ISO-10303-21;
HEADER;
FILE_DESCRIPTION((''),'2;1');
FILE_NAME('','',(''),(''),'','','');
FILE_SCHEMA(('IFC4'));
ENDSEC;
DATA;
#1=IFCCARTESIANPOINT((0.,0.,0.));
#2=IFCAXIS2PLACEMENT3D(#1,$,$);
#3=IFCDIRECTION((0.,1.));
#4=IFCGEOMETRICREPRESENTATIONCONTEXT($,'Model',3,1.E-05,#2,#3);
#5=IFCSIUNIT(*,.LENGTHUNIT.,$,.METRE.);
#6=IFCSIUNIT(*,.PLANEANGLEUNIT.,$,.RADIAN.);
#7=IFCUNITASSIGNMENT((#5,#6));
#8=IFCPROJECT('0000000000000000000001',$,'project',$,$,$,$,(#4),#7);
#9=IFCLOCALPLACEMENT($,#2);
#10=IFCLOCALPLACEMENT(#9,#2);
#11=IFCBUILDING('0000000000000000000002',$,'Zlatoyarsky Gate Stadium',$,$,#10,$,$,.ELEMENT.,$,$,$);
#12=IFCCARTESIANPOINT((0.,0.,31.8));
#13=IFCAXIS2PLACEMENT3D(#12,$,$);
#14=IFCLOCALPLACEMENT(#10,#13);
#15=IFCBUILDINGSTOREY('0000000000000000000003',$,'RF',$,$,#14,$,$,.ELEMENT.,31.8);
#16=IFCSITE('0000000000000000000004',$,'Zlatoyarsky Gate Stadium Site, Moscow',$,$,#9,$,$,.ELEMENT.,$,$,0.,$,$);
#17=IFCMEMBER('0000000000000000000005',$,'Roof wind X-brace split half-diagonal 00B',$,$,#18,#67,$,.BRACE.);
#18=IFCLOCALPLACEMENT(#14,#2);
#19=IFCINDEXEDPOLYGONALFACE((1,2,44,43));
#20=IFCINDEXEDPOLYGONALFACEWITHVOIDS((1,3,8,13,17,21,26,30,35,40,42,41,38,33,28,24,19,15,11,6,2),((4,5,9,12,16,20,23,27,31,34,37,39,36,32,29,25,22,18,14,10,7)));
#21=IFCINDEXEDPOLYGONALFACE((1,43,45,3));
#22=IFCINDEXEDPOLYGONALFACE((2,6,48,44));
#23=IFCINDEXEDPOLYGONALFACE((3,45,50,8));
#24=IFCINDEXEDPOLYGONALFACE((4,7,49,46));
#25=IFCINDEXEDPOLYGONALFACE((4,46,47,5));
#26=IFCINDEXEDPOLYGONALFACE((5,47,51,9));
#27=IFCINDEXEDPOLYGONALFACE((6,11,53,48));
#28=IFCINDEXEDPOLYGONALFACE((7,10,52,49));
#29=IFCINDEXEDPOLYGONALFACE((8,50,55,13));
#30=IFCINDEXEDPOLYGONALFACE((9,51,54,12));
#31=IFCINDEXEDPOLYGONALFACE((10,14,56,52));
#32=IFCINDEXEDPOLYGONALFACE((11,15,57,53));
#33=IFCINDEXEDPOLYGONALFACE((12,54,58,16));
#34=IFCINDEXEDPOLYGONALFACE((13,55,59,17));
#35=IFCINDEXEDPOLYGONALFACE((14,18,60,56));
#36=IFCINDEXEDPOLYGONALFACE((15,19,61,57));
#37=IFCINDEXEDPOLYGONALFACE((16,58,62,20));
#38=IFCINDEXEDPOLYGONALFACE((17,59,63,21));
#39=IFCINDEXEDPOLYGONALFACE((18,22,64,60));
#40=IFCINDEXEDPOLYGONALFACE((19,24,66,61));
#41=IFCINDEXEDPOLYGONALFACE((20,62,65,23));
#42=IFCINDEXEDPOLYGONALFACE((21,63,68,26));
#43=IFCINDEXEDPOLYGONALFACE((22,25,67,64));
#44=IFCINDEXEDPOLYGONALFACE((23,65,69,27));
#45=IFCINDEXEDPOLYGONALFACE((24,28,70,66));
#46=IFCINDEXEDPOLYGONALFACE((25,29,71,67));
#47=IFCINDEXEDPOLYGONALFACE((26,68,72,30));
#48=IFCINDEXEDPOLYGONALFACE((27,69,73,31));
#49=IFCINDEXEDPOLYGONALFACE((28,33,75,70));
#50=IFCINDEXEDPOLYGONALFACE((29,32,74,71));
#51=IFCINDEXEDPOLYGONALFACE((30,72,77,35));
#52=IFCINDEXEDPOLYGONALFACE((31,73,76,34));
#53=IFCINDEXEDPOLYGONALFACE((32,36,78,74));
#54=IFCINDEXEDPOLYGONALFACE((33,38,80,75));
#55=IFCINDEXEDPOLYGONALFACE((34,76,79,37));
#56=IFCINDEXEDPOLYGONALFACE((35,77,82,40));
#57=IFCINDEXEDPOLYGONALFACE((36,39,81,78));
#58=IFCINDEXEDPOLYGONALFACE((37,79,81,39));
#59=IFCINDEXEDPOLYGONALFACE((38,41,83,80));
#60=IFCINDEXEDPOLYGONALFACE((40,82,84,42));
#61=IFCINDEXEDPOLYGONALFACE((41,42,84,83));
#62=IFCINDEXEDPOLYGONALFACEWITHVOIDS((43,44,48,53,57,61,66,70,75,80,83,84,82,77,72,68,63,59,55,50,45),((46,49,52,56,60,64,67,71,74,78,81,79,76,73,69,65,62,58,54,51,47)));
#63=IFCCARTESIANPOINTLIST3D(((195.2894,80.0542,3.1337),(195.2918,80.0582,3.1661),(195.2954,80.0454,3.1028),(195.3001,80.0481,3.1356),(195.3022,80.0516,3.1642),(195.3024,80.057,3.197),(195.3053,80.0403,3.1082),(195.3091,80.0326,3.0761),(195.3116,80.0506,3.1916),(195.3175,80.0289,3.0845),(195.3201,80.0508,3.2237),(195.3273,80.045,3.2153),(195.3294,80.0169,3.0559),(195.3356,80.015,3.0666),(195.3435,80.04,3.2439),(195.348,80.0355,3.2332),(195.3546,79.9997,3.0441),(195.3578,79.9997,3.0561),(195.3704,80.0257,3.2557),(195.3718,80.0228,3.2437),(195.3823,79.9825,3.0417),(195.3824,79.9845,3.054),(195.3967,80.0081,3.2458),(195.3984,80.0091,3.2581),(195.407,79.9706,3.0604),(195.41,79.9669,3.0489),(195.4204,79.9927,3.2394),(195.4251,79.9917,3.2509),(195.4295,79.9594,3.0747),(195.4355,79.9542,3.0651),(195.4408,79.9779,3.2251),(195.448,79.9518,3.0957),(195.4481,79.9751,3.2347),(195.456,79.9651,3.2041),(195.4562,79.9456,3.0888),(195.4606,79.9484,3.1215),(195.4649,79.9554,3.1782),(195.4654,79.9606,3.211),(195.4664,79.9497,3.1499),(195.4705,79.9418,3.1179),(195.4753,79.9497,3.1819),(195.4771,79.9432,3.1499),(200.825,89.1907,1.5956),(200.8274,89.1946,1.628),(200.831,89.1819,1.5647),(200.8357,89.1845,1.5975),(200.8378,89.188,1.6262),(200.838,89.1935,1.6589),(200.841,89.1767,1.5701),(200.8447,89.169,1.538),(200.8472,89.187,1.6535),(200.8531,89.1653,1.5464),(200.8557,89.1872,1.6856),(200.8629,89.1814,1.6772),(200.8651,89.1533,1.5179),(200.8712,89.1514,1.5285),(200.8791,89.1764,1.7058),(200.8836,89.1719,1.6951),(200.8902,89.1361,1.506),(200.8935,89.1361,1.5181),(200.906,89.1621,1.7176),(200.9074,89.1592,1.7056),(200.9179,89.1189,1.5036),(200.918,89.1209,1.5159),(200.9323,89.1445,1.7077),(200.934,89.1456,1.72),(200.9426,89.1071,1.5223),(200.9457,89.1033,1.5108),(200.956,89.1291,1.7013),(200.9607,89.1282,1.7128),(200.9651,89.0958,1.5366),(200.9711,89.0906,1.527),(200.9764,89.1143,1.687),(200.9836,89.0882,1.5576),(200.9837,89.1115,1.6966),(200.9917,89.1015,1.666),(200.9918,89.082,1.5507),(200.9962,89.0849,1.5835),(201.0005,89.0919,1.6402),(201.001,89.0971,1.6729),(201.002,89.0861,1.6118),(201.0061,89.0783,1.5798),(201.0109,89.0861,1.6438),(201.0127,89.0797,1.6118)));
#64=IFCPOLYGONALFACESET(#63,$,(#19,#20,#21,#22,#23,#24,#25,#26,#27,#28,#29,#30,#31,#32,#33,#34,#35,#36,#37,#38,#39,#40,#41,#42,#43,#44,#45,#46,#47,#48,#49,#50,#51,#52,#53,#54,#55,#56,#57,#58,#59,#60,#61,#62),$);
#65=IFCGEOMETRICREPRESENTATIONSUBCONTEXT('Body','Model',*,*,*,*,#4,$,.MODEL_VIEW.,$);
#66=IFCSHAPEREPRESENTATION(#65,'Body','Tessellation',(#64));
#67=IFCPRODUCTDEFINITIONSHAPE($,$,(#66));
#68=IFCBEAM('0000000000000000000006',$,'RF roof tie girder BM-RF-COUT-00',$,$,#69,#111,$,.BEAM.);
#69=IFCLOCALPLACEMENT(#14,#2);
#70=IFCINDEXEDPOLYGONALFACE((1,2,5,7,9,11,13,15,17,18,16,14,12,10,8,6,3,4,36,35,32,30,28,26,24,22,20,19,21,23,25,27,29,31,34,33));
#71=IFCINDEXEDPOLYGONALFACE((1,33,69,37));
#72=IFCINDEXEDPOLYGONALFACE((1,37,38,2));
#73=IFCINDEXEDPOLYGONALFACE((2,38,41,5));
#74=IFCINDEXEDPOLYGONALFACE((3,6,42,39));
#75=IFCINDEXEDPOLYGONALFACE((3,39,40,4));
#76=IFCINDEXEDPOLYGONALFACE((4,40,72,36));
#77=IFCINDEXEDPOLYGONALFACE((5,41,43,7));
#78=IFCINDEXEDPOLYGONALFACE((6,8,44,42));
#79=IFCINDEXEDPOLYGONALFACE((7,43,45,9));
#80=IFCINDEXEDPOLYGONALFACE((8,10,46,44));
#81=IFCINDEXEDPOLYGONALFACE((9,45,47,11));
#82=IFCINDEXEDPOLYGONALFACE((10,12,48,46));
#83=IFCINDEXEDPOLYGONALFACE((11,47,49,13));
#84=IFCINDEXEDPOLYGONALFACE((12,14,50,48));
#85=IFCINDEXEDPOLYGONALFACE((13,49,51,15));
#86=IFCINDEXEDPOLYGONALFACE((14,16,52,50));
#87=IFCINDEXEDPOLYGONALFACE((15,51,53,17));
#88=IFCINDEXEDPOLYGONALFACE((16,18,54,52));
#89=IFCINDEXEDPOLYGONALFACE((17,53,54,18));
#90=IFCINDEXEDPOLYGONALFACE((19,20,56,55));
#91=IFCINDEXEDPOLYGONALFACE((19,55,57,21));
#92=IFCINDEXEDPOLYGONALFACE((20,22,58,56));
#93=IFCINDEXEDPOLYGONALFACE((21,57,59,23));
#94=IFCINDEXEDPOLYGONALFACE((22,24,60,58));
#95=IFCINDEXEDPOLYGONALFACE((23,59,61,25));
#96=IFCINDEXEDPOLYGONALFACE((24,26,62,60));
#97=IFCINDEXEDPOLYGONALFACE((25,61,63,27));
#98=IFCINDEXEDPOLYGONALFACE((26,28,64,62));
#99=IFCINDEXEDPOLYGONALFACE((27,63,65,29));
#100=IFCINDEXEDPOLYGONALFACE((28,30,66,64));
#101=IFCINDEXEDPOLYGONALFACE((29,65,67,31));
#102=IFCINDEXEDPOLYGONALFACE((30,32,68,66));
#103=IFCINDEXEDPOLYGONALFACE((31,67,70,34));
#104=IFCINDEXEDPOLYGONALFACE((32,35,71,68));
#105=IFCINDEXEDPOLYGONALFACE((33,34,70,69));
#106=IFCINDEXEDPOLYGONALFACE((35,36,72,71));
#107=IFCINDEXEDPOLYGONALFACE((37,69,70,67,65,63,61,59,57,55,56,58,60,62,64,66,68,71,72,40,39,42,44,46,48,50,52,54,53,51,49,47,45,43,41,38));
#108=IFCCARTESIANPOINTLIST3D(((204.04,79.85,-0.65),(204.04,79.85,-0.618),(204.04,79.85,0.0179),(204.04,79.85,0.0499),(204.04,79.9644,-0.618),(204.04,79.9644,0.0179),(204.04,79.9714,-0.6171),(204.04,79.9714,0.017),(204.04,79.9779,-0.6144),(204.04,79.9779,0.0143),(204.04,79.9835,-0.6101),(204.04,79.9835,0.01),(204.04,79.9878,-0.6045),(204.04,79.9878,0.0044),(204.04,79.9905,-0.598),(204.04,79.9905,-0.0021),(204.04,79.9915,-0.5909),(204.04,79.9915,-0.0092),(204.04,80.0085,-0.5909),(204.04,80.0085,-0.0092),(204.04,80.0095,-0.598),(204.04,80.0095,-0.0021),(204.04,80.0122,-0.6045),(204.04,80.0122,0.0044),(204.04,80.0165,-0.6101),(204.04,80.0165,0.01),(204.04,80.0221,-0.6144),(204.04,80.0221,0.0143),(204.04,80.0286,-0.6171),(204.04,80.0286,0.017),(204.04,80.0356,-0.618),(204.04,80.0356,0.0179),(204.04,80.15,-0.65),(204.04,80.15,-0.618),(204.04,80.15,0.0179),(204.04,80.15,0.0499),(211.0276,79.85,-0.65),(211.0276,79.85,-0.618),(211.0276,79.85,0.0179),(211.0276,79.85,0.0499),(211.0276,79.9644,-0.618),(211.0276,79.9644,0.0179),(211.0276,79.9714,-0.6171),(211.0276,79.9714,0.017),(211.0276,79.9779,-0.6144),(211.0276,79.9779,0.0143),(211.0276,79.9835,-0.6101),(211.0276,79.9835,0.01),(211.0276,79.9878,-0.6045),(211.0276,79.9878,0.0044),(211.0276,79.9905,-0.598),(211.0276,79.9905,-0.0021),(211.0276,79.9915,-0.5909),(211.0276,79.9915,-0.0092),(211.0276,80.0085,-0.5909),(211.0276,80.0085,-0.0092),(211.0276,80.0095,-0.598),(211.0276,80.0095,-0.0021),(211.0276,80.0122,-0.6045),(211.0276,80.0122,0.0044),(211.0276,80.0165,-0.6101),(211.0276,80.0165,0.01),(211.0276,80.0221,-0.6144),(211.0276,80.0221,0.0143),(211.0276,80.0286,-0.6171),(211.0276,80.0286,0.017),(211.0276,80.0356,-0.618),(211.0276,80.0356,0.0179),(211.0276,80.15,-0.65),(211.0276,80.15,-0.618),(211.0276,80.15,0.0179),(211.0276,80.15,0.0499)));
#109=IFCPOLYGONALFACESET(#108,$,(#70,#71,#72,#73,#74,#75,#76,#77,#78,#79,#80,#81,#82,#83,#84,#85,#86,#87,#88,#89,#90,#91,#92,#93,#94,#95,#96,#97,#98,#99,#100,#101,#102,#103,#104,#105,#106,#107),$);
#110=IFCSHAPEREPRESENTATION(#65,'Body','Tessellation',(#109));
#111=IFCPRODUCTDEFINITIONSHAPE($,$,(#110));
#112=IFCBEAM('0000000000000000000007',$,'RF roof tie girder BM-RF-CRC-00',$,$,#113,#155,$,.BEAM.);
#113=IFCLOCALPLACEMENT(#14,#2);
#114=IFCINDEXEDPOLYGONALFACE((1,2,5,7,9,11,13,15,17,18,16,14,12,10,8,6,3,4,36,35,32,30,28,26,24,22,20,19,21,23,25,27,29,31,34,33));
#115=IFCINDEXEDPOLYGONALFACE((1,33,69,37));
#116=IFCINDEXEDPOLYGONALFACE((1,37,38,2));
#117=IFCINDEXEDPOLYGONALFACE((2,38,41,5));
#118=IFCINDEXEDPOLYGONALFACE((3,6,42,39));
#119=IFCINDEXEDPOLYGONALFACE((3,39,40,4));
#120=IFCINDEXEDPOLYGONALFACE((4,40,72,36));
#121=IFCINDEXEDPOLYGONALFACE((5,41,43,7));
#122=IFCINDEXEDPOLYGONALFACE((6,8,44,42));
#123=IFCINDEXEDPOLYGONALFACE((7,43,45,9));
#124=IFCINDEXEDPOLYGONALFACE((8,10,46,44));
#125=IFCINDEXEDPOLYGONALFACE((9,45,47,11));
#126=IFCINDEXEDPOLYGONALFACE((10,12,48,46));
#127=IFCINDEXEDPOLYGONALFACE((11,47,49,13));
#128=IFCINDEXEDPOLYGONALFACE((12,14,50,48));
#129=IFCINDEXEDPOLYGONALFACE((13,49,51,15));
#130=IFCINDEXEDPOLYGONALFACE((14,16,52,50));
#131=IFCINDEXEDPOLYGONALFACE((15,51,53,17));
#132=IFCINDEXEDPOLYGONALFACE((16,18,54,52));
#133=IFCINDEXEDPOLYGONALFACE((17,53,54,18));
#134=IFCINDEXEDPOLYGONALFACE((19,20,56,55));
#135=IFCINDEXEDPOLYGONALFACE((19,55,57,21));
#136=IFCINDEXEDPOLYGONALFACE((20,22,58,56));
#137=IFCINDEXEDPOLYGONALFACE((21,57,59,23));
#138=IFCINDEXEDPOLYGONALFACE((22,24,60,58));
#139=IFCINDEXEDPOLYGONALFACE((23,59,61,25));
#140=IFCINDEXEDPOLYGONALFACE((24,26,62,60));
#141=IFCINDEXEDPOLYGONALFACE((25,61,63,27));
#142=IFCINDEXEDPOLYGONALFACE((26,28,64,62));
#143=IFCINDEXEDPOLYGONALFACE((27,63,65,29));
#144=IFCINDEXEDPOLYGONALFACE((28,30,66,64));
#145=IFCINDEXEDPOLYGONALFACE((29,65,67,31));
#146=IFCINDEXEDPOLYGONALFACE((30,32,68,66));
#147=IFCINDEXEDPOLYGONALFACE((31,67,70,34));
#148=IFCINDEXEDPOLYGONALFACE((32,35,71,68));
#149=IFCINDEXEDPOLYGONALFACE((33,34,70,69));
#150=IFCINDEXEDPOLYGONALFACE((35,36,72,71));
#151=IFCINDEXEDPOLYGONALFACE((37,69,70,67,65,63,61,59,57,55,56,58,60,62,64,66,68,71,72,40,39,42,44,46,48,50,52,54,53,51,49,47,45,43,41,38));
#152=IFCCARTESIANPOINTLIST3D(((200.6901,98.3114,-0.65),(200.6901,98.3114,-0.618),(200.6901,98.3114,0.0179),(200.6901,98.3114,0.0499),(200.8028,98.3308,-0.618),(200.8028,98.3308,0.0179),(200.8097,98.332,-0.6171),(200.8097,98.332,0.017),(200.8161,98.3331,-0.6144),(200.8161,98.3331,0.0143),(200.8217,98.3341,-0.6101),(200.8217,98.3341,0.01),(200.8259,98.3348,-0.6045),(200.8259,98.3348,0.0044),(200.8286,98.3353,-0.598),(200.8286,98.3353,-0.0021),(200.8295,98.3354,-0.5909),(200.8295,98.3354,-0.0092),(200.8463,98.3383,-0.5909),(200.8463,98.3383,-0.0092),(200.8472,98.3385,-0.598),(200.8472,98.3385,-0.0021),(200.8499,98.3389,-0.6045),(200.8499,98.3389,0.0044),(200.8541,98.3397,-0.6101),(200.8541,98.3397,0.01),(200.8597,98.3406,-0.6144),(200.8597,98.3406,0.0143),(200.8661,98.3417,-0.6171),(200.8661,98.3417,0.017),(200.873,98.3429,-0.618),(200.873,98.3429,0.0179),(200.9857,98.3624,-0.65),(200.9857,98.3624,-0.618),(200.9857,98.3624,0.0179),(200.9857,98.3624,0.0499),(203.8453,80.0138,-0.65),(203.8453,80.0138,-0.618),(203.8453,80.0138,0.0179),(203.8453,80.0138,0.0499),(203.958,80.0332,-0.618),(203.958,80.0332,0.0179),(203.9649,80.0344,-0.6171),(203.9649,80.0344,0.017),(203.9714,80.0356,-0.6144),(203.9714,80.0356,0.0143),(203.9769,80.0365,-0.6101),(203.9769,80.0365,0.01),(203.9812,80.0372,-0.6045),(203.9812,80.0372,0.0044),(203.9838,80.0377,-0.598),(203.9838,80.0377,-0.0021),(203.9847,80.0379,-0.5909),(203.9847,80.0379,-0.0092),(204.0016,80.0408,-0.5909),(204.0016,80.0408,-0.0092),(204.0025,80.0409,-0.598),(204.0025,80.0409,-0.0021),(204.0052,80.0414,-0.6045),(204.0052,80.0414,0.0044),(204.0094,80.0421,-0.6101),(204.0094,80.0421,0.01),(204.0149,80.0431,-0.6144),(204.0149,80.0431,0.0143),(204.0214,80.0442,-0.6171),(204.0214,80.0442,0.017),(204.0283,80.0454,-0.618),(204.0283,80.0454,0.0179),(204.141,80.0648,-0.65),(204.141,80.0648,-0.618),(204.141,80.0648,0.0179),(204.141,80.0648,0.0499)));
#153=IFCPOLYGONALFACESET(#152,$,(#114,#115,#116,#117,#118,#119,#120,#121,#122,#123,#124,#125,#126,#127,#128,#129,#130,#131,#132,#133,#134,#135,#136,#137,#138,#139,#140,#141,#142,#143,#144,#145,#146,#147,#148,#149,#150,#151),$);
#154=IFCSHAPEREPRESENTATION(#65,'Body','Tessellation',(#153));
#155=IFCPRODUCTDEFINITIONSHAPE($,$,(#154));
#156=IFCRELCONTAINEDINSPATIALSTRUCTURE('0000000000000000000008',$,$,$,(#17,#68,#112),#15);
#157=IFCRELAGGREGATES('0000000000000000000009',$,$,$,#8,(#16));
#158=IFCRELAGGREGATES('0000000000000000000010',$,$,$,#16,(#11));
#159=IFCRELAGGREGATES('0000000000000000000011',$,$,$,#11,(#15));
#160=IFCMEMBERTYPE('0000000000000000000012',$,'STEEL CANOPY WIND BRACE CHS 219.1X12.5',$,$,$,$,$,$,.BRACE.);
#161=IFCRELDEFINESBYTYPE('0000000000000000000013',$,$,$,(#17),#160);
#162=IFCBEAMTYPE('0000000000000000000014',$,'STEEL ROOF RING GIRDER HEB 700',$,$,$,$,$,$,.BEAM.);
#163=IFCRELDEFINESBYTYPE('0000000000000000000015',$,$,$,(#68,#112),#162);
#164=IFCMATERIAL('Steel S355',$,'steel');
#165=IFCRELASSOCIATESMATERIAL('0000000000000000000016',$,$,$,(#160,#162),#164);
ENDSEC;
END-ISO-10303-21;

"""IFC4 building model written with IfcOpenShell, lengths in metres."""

from ifc_helpers import new_model, si_unit, direction, frame, origin, origin_2d, place, context, subcontext, project, spatial, hollow_circle, i_section, extrude, material, material_profile, profile_set, type_object, element, save


model = new_model("IFC4")

# Units and contexts
model_context = context("Model", 3, precision=1e-05, world=origin(), true_north=direction((0.0, 1.0)))
body_context = subcontext(model_context, "Body", "Model", "MODEL_VIEW")
ifc_project = project(units=[si_unit("LENGTHUNIT", "METRE"), si_unit("PLANEANGLEUNIT", "RADIAN")], contexts=[model_context])

# Site, building, storey
site_placement = place(None, origin())
site = spatial("IfcSite", under=ifc_project, at=site_placement, Name="Zlatoyarsky Gate Stadium Site, Moscow", CompositionType="ELEMENT", RefElevation=0.0)
building_placement = place(site_placement, origin())
building = spatial("IfcBuilding", under=site, at=building_placement, Name="Zlatoyarsky Gate Stadium", CompositionType="ELEMENT")
storey_placement = place(building_placement, frame((0.0, 0.0, 31.8)))
storey = spatial("IfcBuildingStorey", under=building, at=storey_placement, Name="RF", CompositionType="ELEMENT", Elevation=31.8)

# Member
ifc_material_1 = material(Name="Steel S355", Category="steel")
ifc_material_profile_1 = material_profile(ifc_material_1, hollow_circle(Radius=0.1096, WallThickness=0.0125, at=origin_2d()), Name="CHS 219.1X12.5")
ifc_profile_set_1 = profile_set([ifc_material_profile_1], Name="Steel S355")
member_type_1 = type_object("IfcMemberType", Name="STEEL CANOPY WIND BRACE CHS 219.1X12.5", PredefinedType="BRACE", material=ifc_profile_set_1)
member_1_placement = place(storey_placement, frame((200.9189, 89.1365, 1.6118), z_axis=(-0.512902, -0.846535, 0.142511), x_axis=(0.855265, -0.518191, 0.0)))
element("IfcMember", 1, at=member_1_placement, inside=storey, type_object=member_type_1, Name="Roof wind X-brace split half-diagonal 00B", PredefinedType="BRACE", context=body_context, shape_type="SweptSolid", body=[
    extrude(hollow_circle(Radius=0.1096, WallThickness=0.0125, at=origin_2d()), origin(), (0.0, 0.0, 1.0), 10.7927),
])

# Beams
ifc_material_profile_2 = material_profile(ifc_material_1, i_section(OverallWidth=0.3, OverallDepth=0.7, WebThickness=0.0171, FlangeThickness=0.032, FilletRadius=0.0271, at=origin_2d()), Name="HEB 700")
ifc_profile_set_2 = profile_set([ifc_material_profile_2], Name="Steel S355")
beam_type = type_object("IfcBeamType", Name="STEEL ROOF RING GIRDER HEB 700", PredefinedType="BEAM", material=ifc_profile_set_2)
beam_1_placement = place(storey_placement, frame((204.04, 80.0, -0.3), z_axis=(1.0, 0.0, 0.0), x_axis=(0.0, 1.0, 0.0)))
element("IfcBeam", 2, at=beam_1_placement, inside=storey, type_object=beam_type, Name="RF roof tie girder BM-RF-COUT-00", PredefinedType="BEAM", context=body_context, shape_type="SweptSolid", body=[
    extrude(i_section(OverallWidth=0.3, OverallDepth=0.7, WebThickness=0.0171, FlangeThickness=0.032, FilletRadius=0.0271, at=origin_2d()), origin(), (0.0, 0.0, 1.0), 6.9875),
])
beam_2_placement = place(storey_placement, frame((203.9932, 80.0393, -0.3), z_axis=(-0.169934, 0.985455, 0.0), x_axis=(-0.985455, -0.169934, 0.0)))
element("IfcBeam", 3, at=beam_2_placement, inside=storey, type_object=beam_type, Name="RF roof tie girder BM-RF-CRC-00", PredefinedType="BEAM", context=body_context, shape_type="SweptSolid", body=[
    extrude(i_section(OverallWidth=0.3, OverallDepth=0.7, WebThickness=0.0171, FlangeThickness=0.032, FilletRadius=0.0271, at=origin_2d()), origin(), (0.0, 0.0, 1.0), 18.5676),
])

save(model, "model.ifc")
